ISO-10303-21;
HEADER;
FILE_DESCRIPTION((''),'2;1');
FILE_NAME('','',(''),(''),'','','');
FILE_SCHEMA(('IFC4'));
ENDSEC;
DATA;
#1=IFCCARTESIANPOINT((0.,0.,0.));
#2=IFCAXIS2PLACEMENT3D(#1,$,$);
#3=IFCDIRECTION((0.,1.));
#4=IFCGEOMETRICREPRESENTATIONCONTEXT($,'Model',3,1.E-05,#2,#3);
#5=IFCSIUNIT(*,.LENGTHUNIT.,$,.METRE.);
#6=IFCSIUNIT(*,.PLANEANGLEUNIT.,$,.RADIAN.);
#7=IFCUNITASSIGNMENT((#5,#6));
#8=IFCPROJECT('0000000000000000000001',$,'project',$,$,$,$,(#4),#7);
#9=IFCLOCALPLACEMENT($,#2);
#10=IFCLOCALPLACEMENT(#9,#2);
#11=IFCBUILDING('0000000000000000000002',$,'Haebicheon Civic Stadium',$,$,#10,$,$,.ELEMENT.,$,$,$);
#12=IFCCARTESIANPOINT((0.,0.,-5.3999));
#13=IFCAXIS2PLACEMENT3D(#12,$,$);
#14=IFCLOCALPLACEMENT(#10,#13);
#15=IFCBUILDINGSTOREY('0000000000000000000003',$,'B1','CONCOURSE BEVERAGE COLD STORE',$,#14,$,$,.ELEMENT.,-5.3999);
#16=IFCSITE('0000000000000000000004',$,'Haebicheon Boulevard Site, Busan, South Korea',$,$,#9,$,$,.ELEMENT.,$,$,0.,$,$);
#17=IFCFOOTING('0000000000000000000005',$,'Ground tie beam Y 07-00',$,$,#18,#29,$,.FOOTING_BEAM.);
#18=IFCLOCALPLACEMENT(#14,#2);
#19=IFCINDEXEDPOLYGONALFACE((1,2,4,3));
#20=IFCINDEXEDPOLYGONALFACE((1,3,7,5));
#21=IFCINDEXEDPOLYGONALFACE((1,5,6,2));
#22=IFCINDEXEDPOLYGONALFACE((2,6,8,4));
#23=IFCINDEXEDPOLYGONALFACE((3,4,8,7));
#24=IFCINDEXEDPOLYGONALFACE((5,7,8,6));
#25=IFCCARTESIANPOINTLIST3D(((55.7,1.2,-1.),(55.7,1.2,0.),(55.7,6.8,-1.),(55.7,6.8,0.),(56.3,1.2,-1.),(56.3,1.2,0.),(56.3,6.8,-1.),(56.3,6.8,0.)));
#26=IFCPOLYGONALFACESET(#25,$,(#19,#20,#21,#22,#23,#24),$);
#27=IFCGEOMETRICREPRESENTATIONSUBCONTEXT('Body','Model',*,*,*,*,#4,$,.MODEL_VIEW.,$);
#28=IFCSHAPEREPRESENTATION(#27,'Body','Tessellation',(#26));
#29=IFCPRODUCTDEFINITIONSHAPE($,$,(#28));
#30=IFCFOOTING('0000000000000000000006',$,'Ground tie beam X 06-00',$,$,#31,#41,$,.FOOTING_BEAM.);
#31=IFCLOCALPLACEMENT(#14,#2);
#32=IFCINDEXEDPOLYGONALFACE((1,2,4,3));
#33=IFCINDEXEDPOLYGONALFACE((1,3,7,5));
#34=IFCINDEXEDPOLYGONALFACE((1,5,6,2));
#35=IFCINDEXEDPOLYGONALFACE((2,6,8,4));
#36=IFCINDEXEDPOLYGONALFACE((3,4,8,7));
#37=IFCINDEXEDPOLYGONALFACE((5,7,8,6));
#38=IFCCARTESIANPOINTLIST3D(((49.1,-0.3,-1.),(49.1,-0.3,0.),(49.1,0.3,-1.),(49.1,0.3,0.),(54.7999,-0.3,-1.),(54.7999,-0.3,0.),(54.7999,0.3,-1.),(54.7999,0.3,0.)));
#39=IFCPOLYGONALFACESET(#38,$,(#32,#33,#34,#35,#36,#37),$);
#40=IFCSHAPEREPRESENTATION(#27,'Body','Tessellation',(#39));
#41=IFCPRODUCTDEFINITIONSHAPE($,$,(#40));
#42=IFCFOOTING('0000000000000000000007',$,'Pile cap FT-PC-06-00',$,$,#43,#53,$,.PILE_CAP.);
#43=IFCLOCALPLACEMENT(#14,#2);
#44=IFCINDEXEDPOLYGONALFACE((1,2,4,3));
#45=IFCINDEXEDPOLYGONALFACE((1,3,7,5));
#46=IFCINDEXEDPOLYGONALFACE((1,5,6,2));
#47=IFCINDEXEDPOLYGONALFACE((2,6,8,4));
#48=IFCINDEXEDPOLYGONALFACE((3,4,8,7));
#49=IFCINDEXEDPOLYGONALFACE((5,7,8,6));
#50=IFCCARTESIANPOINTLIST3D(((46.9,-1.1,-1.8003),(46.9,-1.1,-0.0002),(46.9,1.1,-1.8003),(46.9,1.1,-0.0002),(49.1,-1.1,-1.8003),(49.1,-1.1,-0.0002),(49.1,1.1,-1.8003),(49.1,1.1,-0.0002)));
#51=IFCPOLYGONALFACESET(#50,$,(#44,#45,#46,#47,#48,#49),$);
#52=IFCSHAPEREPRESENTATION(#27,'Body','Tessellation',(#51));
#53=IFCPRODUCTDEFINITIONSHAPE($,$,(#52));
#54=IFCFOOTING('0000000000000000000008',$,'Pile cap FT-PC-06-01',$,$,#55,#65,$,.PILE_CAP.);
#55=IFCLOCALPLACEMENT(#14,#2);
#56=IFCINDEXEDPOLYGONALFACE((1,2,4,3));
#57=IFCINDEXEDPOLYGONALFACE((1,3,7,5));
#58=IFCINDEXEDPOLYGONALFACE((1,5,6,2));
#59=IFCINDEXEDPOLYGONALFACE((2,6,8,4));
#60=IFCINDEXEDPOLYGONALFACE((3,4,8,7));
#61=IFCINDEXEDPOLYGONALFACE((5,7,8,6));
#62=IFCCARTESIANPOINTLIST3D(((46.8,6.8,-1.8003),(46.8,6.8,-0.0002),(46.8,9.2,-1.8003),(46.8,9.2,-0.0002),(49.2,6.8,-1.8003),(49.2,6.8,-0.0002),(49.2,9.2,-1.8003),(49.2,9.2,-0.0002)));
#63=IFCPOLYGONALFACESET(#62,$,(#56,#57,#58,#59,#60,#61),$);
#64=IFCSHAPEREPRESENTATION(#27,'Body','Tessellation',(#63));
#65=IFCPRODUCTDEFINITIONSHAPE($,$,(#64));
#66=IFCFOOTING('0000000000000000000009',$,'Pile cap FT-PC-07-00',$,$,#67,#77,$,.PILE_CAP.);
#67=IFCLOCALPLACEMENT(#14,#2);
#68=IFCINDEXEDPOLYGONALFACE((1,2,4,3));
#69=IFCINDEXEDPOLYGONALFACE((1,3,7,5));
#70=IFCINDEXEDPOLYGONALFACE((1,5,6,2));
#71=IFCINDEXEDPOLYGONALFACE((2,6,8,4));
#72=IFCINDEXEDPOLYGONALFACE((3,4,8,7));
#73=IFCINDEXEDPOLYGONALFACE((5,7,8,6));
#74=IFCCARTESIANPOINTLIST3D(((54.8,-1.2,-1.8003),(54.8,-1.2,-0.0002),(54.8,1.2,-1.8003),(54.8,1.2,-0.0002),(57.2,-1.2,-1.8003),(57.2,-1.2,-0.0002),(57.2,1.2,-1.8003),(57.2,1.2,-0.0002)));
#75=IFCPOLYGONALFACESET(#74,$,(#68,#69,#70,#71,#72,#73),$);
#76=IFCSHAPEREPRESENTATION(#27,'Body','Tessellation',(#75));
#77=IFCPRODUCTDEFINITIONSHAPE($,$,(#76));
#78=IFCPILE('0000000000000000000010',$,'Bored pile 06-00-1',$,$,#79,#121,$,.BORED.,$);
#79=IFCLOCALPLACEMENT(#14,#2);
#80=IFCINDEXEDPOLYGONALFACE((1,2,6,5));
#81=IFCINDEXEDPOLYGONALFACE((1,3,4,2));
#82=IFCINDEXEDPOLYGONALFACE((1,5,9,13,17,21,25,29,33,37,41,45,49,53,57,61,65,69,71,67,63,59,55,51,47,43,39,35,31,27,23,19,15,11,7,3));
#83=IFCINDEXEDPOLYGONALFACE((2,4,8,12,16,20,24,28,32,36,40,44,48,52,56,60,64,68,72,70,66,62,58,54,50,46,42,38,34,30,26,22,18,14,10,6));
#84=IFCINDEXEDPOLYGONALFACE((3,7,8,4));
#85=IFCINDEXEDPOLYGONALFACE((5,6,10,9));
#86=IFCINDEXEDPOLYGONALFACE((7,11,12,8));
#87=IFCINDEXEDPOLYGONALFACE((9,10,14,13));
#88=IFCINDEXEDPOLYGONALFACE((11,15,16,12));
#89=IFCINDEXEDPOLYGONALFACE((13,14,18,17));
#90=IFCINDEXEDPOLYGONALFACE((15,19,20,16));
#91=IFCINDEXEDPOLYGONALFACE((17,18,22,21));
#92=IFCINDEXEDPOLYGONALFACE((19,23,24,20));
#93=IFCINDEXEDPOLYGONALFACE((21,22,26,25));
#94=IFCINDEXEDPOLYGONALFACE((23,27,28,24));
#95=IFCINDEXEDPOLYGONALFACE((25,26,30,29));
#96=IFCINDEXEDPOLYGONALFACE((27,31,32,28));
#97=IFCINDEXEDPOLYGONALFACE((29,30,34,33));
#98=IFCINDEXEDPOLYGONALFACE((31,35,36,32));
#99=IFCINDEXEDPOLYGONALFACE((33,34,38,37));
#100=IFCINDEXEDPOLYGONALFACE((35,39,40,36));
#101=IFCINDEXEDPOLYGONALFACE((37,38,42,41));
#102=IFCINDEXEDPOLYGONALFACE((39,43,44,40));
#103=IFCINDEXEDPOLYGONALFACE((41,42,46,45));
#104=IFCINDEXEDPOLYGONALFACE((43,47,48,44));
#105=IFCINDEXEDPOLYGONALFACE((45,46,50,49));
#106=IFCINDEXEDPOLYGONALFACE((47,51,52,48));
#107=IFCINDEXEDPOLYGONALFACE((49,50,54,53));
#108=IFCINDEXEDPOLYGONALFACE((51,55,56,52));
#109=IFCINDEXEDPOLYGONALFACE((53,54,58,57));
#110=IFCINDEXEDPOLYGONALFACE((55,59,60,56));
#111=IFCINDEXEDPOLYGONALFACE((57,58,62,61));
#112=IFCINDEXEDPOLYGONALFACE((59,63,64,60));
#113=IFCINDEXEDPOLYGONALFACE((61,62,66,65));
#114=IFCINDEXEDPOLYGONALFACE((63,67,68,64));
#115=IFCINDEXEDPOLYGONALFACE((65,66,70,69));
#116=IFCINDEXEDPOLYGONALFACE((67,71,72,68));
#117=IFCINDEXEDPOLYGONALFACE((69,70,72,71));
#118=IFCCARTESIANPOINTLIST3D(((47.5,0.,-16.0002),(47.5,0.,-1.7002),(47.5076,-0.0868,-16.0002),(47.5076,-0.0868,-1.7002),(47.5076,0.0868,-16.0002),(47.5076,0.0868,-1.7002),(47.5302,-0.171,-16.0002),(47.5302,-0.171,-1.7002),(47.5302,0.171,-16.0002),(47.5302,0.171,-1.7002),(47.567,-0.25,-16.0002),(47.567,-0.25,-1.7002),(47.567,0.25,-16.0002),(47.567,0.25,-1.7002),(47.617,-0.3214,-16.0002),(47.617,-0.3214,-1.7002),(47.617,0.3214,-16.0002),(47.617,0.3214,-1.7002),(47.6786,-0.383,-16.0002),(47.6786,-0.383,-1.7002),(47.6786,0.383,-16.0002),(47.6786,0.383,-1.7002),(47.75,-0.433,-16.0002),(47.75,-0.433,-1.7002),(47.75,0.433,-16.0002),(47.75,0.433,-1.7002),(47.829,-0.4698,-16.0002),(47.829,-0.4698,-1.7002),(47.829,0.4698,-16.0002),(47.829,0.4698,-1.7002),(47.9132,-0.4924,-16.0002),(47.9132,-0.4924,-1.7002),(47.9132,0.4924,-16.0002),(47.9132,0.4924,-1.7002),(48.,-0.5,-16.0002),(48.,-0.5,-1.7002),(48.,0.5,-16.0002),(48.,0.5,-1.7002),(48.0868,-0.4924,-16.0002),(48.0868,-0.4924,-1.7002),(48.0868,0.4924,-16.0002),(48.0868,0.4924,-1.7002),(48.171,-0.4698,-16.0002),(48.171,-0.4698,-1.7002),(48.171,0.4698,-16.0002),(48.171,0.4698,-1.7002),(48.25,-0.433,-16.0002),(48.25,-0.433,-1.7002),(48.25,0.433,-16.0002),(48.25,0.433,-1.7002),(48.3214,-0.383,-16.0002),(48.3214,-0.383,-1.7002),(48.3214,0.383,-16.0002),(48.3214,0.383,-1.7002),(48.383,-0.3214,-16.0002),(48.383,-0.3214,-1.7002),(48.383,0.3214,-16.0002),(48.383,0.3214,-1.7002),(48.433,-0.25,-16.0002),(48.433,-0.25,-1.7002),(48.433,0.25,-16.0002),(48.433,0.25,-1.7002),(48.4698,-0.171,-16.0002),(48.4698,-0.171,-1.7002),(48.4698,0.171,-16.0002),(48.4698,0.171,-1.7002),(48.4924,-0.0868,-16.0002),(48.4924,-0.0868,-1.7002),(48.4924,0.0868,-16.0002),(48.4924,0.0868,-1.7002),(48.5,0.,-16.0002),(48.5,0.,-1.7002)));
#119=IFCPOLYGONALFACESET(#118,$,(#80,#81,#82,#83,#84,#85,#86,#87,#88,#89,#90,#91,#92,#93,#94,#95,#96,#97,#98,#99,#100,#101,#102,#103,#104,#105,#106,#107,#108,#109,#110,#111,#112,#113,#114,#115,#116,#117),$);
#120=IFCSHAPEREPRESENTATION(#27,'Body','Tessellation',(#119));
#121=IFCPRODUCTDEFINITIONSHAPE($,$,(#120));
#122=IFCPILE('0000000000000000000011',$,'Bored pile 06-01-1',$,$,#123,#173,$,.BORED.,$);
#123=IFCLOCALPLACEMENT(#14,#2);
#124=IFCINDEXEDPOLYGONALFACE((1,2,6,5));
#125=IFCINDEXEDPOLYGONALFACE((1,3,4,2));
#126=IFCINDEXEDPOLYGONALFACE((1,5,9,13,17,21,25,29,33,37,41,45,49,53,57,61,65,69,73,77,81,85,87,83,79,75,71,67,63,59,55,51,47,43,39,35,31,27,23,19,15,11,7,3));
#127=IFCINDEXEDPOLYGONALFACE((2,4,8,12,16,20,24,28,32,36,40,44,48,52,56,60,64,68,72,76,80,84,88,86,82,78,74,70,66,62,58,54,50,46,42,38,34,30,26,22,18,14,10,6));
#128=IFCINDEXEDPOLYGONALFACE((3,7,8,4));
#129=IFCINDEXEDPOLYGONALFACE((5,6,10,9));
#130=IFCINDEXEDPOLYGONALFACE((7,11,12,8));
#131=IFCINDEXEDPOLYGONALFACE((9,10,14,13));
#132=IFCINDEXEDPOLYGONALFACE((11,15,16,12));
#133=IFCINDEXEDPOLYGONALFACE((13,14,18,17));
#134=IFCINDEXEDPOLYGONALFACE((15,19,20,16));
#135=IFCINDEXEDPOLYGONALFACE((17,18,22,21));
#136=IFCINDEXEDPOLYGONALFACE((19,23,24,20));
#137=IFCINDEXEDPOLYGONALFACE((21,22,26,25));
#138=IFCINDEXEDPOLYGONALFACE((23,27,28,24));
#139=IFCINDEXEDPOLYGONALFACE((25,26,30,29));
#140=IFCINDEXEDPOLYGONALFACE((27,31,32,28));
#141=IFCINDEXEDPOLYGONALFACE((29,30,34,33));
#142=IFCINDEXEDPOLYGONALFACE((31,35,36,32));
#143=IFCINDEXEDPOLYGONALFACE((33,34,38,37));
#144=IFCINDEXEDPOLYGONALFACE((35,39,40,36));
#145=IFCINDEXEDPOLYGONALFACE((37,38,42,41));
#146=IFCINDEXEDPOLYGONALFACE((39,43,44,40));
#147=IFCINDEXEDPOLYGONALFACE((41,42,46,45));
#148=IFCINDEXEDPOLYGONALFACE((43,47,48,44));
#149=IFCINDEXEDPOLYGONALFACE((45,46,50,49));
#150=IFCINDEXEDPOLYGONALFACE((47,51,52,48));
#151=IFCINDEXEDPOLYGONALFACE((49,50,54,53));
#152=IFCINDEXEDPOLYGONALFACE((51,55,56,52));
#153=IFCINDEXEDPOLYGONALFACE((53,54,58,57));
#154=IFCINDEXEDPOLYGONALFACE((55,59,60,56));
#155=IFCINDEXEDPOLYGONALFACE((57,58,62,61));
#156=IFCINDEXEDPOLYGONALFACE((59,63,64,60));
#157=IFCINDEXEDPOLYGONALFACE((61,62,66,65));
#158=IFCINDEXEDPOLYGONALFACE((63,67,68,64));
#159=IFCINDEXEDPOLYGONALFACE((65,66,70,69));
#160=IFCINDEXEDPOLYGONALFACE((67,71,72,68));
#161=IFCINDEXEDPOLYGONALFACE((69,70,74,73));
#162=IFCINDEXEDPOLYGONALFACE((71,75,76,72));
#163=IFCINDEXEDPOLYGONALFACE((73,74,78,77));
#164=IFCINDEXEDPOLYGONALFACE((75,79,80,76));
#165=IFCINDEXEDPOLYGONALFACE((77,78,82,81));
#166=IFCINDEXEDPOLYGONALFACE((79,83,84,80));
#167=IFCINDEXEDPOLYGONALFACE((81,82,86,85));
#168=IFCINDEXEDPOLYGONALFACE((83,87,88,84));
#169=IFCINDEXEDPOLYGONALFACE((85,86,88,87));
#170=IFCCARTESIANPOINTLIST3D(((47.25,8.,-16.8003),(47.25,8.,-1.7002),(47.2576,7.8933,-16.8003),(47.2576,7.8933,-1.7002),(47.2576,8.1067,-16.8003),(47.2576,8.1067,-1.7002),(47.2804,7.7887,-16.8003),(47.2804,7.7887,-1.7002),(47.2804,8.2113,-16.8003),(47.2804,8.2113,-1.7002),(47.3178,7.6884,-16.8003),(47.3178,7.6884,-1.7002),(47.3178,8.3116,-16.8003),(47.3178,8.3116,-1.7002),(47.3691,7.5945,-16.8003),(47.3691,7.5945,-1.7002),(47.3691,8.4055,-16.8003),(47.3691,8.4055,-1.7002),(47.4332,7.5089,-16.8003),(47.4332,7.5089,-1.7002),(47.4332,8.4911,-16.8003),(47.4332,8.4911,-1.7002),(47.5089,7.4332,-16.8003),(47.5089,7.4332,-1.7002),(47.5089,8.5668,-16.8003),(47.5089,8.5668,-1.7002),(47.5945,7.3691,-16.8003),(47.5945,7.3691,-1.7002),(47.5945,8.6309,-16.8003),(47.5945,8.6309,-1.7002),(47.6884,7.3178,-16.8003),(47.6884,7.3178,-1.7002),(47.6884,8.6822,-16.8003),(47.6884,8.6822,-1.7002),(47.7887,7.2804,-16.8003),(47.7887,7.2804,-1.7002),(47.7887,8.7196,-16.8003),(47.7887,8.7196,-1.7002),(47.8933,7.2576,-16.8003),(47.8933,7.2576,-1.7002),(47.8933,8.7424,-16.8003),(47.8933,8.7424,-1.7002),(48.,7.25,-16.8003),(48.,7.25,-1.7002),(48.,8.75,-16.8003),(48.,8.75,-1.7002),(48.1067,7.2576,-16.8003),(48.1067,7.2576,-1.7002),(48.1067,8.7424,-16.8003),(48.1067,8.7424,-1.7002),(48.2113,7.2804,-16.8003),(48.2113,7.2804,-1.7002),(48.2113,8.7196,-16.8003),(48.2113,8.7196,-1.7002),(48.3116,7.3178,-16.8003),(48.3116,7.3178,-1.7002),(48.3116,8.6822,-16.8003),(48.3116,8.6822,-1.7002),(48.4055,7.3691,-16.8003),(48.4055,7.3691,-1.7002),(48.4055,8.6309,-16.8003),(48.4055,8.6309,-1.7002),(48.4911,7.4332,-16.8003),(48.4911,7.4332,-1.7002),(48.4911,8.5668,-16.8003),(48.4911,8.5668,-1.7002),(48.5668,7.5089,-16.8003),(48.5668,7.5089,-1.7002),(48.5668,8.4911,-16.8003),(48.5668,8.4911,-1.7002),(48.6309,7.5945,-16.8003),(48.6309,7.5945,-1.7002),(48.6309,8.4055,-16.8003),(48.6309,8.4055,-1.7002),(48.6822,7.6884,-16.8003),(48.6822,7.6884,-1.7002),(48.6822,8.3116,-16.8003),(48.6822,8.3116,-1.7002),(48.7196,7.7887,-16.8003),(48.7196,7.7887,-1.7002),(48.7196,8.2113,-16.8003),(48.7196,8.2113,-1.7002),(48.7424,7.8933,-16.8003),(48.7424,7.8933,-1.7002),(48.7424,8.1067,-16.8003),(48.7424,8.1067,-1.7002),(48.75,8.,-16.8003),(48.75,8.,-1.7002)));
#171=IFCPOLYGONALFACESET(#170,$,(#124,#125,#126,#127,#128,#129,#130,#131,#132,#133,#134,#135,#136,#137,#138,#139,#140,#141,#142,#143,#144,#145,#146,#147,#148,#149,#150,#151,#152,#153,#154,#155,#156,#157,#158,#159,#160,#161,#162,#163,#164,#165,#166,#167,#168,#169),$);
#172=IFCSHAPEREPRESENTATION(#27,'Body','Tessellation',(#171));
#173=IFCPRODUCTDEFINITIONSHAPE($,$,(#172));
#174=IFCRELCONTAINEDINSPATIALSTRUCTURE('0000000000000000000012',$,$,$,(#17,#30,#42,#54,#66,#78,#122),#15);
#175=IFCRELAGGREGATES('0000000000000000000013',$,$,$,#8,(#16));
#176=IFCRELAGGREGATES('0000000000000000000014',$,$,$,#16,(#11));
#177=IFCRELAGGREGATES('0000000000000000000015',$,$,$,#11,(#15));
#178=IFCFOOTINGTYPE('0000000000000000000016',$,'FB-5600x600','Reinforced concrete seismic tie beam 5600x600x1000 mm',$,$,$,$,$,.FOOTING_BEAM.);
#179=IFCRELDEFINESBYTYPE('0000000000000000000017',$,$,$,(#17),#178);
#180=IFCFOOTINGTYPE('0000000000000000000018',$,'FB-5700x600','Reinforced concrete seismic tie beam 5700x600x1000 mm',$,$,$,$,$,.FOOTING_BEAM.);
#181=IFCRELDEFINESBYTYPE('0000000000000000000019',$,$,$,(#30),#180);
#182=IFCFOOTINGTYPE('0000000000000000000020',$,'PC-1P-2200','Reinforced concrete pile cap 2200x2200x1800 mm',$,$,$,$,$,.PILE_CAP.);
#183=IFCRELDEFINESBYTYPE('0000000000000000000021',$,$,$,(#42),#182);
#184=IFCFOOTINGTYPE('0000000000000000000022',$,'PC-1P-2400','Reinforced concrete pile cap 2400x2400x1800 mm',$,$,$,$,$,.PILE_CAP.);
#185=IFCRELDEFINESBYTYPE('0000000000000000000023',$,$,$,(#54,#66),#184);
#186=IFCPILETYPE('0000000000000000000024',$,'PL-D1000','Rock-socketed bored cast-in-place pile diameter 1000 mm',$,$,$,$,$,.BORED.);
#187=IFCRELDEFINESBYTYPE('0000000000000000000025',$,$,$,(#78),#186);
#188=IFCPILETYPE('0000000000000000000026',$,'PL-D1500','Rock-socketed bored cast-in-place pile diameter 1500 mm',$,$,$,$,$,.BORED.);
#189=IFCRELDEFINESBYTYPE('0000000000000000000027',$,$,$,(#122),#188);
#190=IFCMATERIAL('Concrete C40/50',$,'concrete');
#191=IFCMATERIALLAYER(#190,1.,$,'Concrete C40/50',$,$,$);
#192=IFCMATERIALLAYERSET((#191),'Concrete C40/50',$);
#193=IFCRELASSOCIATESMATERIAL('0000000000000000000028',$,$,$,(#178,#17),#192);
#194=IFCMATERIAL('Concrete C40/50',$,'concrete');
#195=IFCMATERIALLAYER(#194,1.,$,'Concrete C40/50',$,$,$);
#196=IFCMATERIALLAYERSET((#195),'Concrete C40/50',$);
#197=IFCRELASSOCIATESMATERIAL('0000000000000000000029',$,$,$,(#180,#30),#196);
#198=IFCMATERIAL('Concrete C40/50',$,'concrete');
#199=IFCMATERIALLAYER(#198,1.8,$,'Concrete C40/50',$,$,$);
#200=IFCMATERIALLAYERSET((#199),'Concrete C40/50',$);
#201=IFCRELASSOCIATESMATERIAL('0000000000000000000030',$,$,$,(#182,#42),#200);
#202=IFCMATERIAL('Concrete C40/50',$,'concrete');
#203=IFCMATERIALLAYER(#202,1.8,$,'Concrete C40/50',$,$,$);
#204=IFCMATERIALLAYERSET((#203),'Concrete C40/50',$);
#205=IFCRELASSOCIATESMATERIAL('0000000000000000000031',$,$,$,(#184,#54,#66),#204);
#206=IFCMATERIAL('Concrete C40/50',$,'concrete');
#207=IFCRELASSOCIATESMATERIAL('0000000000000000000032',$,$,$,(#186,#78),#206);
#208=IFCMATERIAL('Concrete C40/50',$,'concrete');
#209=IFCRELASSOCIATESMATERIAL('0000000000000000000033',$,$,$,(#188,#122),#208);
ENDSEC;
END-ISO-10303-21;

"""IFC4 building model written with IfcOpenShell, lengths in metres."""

from ifc_helpers import new_model, si_unit, direction, frame, origin, origin_2d, place, context, subcontext, project, spatial, rectangle, circle, extrude, material, layer, layer_set, material_profile, profile_set, type_object, element, save


model = new_model("IFC4")

# Units and contexts
model_context = context("Model", 3, precision=1e-05, world=origin(), true_north=direction((0.0, 1.0)))
body_context = subcontext(model_context, "Body", "Model", "MODEL_VIEW")
ifc_project = project(units=[si_unit("LENGTHUNIT", "METRE"), si_unit("PLANEANGLEUNIT", "RADIAN")], contexts=[model_context])

# Site, building, storey
site_placement = place(None, origin())
site = spatial("IfcSite", under=ifc_project, at=site_placement, Name="Haebicheon Boulevard Site, Busan, South Korea", CompositionType="ELEMENT", RefElevation=0.0)
building_placement = place(site_placement, origin())
building = spatial("IfcBuilding", under=site, at=building_placement, Name="Haebicheon Civic Stadium", CompositionType="ELEMENT")
storey_placement = place(building_placement, frame((0.0, 0.0, -5.3999)))
storey = spatial("IfcBuildingStorey", under=building, at=storey_placement, Name="B1", Description="CONCOURSE BEVERAGE COLD STORE", CompositionType="ELEMENT", Elevation=-5.3999)

# Footings
ifc_material_1 = material(Name="Concrete C40/50", Category="concrete")
ifc_layer_1 = layer(ifc_material_1, 1.0, Name="Concrete C40/50")
ifc_layer_set_1 = layer_set([ifc_layer_1], Name="Concrete C40/50")
footing_type_1 = type_object("IfcFootingType", Name="FB-5600x600", Description="Reinforced concrete seismic tie beam 5600x600x1000 mm", PredefinedType="FOOTING_BEAM", material=ifc_layer_set_1)
footing_1_placement = place(storey_placement, frame((56.0, 4.0, -1.0), z_axis=(0.0, 0.0, 1.0), x_axis=(0.0, 1.0, 0.0)))
element("IfcFooting", 1, at=footing_1_placement, inside=storey, type_object=footing_type_1, material=ifc_layer_set_1, Name="Ground tie beam Y 07-00", PredefinedType="FOOTING_BEAM", context=body_context, shape_type="SweptSolid", body=[
    extrude(rectangle(XDim=5.6001, YDim=0.6001, at=origin_2d()), origin(), (0.0, 0.0, 1.0), 1.0),
])
ifc_material_2 = material(Name="Concrete C40/50", Category="concrete")
ifc_layer_2 = layer(ifc_material_2, 1.0, Name="Concrete C40/50")
ifc_layer_set_2 = layer_set([ifc_layer_2], Name="Concrete C40/50")
footing_type_2 = type_object("IfcFootingType", Name="FB-5700x600", Description="Reinforced concrete seismic tie beam 5700x600x1000 mm", PredefinedType="FOOTING_BEAM", material=ifc_layer_set_2)
footing_2_placement = place(storey_placement, frame((51.95, 0.0, -1.0), z_axis=(0.0, 0.0, 1.0), x_axis=(1.0, 0.0, 0.0)))
element("IfcFooting", 2, at=footing_2_placement, inside=storey, type_object=footing_type_2, material=ifc_layer_set_2, Name="Ground tie beam X 06-00", PredefinedType="FOOTING_BEAM", context=body_context, shape_type="SweptSolid", body=[
    extrude(rectangle(XDim=5.7, YDim=0.6001, at=origin_2d()), origin(), (0.0, 0.0, 1.0), 1.0),
])
ifc_material_3 = material(Name="Concrete C40/50", Category="concrete")
ifc_layer_3 = layer(ifc_material_3, 1.8, Name="Concrete C40/50")
ifc_layer_set_3 = layer_set([ifc_layer_3], Name="Concrete C40/50")
footing_type_3 = type_object("IfcFootingType", Name="PC-1P-2200", Description="Reinforced concrete pile cap 2200x2200x1800 mm", PredefinedType="PILE_CAP", material=ifc_layer_set_3)
footing_3_placement = place(storey_placement, frame((48.0, 0.0, -1.8003), z_axis=(0.0, 0.0, 1.0), x_axis=(1.0, 0.0, 0.0)))
element("IfcFooting", 3, at=footing_3_placement, inside=storey, type_object=footing_type_3, material=ifc_layer_set_3, Name="Pile cap FT-PC-06-00", PredefinedType="PILE_CAP", context=body_context, shape_type="SweptSolid", body=[
    extrude(rectangle(XDim=2.2, YDim=2.2, at=origin_2d()), origin(), (0.0, 0.0, 1.0), 1.8),
])
ifc_material_4 = material(Name="Concrete C40/50", Category="concrete")
ifc_layer_4 = layer(ifc_material_4, 1.8, Name="Concrete C40/50")
ifc_layer_set_4 = layer_set([ifc_layer_4], Name="Concrete C40/50")
footing_type_4 = type_object("IfcFootingType", Name="PC-1P-2400", Description="Reinforced concrete pile cap 2400x2400x1800 mm", PredefinedType="PILE_CAP", material=ifc_layer_set_4)
for number, where, z_axis, x_axis, name in (
    (4, (48.0, 8.0, -1.8003), (0.0, 0.0, 1.0), (1.0, 0.0, 0.0), "Pile cap FT-PC-06-01"),
    (5, (56.0, 0.0, -1.8003), (0.0, 0.0, 1.0), (1.0, 0.0, 0.0), "Pile cap FT-PC-07-00"),
):
    element("IfcFooting", number, at=place(storey_placement, frame(where, z_axis=z_axis, x_axis=x_axis)), inside=storey, type_object=footing_type_4, material=ifc_layer_set_4, Name=name, PredefinedType="PILE_CAP", context=body_context, shape_type="SweptSolid", body=[
        extrude(rectangle(XDim=2.3999, YDim=2.3999, at=origin_2d()), origin(), (0.0, 0.0, 1.0), 1.8),
    ])

# Piles
ifc_material_5 = material(Name="Concrete C40/50", Category="concrete")
ifc_material_profile_1 = material_profile(ifc_material_5, circle(Radius=0.5, at=origin_2d()), Name="PILE-D1000")
ifc_profile_set_1 = profile_set([ifc_material_profile_1], Name="Concrete C40/50")
pile_type_1 = type_object("IfcPileType", Name="PL-D1000", Description="Rock-socketed bored cast-in-place pile diameter 1000 mm", PredefinedType="BORED", material=ifc_profile_set_1)
pile_placement = place(storey_placement, frame((48.0, 0.0, -1.7002), z_axis=(0.0, 0.0, -1.0), x_axis=(1.0, 0.0, 0.0)))
element("IfcPile", 6, at=pile_placement, inside=storey, type_object=pile_type_1, material=ifc_profile_set_1, Name="Bored pile 06-00-1", PredefinedType="BORED", context=body_context, shape_type="SweptSolid", body=[
    extrude(circle(Radius=0.5, at=origin_2d()), origin(), (0.0, 0.0, 1.0), 14.3),
])
ifc_material_6 = material(Name="Concrete C40/50", Category="concrete")
ifc_material_profile_2 = material_profile(ifc_material_6, circle(Radius=0.75, at=origin_2d()), Name="PILE-D1500")
ifc_profile_set_2 = profile_set([ifc_material_profile_2], Name="Concrete C40/50")
pile_type_2 = type_object("IfcPileType", Name="PL-D1500", Description="Rock-socketed bored cast-in-place pile diameter 1500 mm", PredefinedType="BORED", material=ifc_profile_set_2)
for number, where, z_axis, x_axis, name in (
    (7, (48.0, 8.0, -1.7002), (0.0, 0.0, -1.0), (1.0, 0.0, 0.0), "Bored pile 06-01-1"),
):
    element("IfcPile", number, at=place(storey_placement, frame(where, z_axis=z_axis, x_axis=x_axis)), inside=storey, type_object=pile_type_2, material=ifc_profile_set_2, Name=name, PredefinedType="BORED", context=body_context, shape_type="SweptSolid", body=[
        extrude(circle(Radius=0.75, at=origin_2d()), origin(), (0.0, 0.0, 1.0), 15.1001),
    ])

save(model, "model.ifc")
